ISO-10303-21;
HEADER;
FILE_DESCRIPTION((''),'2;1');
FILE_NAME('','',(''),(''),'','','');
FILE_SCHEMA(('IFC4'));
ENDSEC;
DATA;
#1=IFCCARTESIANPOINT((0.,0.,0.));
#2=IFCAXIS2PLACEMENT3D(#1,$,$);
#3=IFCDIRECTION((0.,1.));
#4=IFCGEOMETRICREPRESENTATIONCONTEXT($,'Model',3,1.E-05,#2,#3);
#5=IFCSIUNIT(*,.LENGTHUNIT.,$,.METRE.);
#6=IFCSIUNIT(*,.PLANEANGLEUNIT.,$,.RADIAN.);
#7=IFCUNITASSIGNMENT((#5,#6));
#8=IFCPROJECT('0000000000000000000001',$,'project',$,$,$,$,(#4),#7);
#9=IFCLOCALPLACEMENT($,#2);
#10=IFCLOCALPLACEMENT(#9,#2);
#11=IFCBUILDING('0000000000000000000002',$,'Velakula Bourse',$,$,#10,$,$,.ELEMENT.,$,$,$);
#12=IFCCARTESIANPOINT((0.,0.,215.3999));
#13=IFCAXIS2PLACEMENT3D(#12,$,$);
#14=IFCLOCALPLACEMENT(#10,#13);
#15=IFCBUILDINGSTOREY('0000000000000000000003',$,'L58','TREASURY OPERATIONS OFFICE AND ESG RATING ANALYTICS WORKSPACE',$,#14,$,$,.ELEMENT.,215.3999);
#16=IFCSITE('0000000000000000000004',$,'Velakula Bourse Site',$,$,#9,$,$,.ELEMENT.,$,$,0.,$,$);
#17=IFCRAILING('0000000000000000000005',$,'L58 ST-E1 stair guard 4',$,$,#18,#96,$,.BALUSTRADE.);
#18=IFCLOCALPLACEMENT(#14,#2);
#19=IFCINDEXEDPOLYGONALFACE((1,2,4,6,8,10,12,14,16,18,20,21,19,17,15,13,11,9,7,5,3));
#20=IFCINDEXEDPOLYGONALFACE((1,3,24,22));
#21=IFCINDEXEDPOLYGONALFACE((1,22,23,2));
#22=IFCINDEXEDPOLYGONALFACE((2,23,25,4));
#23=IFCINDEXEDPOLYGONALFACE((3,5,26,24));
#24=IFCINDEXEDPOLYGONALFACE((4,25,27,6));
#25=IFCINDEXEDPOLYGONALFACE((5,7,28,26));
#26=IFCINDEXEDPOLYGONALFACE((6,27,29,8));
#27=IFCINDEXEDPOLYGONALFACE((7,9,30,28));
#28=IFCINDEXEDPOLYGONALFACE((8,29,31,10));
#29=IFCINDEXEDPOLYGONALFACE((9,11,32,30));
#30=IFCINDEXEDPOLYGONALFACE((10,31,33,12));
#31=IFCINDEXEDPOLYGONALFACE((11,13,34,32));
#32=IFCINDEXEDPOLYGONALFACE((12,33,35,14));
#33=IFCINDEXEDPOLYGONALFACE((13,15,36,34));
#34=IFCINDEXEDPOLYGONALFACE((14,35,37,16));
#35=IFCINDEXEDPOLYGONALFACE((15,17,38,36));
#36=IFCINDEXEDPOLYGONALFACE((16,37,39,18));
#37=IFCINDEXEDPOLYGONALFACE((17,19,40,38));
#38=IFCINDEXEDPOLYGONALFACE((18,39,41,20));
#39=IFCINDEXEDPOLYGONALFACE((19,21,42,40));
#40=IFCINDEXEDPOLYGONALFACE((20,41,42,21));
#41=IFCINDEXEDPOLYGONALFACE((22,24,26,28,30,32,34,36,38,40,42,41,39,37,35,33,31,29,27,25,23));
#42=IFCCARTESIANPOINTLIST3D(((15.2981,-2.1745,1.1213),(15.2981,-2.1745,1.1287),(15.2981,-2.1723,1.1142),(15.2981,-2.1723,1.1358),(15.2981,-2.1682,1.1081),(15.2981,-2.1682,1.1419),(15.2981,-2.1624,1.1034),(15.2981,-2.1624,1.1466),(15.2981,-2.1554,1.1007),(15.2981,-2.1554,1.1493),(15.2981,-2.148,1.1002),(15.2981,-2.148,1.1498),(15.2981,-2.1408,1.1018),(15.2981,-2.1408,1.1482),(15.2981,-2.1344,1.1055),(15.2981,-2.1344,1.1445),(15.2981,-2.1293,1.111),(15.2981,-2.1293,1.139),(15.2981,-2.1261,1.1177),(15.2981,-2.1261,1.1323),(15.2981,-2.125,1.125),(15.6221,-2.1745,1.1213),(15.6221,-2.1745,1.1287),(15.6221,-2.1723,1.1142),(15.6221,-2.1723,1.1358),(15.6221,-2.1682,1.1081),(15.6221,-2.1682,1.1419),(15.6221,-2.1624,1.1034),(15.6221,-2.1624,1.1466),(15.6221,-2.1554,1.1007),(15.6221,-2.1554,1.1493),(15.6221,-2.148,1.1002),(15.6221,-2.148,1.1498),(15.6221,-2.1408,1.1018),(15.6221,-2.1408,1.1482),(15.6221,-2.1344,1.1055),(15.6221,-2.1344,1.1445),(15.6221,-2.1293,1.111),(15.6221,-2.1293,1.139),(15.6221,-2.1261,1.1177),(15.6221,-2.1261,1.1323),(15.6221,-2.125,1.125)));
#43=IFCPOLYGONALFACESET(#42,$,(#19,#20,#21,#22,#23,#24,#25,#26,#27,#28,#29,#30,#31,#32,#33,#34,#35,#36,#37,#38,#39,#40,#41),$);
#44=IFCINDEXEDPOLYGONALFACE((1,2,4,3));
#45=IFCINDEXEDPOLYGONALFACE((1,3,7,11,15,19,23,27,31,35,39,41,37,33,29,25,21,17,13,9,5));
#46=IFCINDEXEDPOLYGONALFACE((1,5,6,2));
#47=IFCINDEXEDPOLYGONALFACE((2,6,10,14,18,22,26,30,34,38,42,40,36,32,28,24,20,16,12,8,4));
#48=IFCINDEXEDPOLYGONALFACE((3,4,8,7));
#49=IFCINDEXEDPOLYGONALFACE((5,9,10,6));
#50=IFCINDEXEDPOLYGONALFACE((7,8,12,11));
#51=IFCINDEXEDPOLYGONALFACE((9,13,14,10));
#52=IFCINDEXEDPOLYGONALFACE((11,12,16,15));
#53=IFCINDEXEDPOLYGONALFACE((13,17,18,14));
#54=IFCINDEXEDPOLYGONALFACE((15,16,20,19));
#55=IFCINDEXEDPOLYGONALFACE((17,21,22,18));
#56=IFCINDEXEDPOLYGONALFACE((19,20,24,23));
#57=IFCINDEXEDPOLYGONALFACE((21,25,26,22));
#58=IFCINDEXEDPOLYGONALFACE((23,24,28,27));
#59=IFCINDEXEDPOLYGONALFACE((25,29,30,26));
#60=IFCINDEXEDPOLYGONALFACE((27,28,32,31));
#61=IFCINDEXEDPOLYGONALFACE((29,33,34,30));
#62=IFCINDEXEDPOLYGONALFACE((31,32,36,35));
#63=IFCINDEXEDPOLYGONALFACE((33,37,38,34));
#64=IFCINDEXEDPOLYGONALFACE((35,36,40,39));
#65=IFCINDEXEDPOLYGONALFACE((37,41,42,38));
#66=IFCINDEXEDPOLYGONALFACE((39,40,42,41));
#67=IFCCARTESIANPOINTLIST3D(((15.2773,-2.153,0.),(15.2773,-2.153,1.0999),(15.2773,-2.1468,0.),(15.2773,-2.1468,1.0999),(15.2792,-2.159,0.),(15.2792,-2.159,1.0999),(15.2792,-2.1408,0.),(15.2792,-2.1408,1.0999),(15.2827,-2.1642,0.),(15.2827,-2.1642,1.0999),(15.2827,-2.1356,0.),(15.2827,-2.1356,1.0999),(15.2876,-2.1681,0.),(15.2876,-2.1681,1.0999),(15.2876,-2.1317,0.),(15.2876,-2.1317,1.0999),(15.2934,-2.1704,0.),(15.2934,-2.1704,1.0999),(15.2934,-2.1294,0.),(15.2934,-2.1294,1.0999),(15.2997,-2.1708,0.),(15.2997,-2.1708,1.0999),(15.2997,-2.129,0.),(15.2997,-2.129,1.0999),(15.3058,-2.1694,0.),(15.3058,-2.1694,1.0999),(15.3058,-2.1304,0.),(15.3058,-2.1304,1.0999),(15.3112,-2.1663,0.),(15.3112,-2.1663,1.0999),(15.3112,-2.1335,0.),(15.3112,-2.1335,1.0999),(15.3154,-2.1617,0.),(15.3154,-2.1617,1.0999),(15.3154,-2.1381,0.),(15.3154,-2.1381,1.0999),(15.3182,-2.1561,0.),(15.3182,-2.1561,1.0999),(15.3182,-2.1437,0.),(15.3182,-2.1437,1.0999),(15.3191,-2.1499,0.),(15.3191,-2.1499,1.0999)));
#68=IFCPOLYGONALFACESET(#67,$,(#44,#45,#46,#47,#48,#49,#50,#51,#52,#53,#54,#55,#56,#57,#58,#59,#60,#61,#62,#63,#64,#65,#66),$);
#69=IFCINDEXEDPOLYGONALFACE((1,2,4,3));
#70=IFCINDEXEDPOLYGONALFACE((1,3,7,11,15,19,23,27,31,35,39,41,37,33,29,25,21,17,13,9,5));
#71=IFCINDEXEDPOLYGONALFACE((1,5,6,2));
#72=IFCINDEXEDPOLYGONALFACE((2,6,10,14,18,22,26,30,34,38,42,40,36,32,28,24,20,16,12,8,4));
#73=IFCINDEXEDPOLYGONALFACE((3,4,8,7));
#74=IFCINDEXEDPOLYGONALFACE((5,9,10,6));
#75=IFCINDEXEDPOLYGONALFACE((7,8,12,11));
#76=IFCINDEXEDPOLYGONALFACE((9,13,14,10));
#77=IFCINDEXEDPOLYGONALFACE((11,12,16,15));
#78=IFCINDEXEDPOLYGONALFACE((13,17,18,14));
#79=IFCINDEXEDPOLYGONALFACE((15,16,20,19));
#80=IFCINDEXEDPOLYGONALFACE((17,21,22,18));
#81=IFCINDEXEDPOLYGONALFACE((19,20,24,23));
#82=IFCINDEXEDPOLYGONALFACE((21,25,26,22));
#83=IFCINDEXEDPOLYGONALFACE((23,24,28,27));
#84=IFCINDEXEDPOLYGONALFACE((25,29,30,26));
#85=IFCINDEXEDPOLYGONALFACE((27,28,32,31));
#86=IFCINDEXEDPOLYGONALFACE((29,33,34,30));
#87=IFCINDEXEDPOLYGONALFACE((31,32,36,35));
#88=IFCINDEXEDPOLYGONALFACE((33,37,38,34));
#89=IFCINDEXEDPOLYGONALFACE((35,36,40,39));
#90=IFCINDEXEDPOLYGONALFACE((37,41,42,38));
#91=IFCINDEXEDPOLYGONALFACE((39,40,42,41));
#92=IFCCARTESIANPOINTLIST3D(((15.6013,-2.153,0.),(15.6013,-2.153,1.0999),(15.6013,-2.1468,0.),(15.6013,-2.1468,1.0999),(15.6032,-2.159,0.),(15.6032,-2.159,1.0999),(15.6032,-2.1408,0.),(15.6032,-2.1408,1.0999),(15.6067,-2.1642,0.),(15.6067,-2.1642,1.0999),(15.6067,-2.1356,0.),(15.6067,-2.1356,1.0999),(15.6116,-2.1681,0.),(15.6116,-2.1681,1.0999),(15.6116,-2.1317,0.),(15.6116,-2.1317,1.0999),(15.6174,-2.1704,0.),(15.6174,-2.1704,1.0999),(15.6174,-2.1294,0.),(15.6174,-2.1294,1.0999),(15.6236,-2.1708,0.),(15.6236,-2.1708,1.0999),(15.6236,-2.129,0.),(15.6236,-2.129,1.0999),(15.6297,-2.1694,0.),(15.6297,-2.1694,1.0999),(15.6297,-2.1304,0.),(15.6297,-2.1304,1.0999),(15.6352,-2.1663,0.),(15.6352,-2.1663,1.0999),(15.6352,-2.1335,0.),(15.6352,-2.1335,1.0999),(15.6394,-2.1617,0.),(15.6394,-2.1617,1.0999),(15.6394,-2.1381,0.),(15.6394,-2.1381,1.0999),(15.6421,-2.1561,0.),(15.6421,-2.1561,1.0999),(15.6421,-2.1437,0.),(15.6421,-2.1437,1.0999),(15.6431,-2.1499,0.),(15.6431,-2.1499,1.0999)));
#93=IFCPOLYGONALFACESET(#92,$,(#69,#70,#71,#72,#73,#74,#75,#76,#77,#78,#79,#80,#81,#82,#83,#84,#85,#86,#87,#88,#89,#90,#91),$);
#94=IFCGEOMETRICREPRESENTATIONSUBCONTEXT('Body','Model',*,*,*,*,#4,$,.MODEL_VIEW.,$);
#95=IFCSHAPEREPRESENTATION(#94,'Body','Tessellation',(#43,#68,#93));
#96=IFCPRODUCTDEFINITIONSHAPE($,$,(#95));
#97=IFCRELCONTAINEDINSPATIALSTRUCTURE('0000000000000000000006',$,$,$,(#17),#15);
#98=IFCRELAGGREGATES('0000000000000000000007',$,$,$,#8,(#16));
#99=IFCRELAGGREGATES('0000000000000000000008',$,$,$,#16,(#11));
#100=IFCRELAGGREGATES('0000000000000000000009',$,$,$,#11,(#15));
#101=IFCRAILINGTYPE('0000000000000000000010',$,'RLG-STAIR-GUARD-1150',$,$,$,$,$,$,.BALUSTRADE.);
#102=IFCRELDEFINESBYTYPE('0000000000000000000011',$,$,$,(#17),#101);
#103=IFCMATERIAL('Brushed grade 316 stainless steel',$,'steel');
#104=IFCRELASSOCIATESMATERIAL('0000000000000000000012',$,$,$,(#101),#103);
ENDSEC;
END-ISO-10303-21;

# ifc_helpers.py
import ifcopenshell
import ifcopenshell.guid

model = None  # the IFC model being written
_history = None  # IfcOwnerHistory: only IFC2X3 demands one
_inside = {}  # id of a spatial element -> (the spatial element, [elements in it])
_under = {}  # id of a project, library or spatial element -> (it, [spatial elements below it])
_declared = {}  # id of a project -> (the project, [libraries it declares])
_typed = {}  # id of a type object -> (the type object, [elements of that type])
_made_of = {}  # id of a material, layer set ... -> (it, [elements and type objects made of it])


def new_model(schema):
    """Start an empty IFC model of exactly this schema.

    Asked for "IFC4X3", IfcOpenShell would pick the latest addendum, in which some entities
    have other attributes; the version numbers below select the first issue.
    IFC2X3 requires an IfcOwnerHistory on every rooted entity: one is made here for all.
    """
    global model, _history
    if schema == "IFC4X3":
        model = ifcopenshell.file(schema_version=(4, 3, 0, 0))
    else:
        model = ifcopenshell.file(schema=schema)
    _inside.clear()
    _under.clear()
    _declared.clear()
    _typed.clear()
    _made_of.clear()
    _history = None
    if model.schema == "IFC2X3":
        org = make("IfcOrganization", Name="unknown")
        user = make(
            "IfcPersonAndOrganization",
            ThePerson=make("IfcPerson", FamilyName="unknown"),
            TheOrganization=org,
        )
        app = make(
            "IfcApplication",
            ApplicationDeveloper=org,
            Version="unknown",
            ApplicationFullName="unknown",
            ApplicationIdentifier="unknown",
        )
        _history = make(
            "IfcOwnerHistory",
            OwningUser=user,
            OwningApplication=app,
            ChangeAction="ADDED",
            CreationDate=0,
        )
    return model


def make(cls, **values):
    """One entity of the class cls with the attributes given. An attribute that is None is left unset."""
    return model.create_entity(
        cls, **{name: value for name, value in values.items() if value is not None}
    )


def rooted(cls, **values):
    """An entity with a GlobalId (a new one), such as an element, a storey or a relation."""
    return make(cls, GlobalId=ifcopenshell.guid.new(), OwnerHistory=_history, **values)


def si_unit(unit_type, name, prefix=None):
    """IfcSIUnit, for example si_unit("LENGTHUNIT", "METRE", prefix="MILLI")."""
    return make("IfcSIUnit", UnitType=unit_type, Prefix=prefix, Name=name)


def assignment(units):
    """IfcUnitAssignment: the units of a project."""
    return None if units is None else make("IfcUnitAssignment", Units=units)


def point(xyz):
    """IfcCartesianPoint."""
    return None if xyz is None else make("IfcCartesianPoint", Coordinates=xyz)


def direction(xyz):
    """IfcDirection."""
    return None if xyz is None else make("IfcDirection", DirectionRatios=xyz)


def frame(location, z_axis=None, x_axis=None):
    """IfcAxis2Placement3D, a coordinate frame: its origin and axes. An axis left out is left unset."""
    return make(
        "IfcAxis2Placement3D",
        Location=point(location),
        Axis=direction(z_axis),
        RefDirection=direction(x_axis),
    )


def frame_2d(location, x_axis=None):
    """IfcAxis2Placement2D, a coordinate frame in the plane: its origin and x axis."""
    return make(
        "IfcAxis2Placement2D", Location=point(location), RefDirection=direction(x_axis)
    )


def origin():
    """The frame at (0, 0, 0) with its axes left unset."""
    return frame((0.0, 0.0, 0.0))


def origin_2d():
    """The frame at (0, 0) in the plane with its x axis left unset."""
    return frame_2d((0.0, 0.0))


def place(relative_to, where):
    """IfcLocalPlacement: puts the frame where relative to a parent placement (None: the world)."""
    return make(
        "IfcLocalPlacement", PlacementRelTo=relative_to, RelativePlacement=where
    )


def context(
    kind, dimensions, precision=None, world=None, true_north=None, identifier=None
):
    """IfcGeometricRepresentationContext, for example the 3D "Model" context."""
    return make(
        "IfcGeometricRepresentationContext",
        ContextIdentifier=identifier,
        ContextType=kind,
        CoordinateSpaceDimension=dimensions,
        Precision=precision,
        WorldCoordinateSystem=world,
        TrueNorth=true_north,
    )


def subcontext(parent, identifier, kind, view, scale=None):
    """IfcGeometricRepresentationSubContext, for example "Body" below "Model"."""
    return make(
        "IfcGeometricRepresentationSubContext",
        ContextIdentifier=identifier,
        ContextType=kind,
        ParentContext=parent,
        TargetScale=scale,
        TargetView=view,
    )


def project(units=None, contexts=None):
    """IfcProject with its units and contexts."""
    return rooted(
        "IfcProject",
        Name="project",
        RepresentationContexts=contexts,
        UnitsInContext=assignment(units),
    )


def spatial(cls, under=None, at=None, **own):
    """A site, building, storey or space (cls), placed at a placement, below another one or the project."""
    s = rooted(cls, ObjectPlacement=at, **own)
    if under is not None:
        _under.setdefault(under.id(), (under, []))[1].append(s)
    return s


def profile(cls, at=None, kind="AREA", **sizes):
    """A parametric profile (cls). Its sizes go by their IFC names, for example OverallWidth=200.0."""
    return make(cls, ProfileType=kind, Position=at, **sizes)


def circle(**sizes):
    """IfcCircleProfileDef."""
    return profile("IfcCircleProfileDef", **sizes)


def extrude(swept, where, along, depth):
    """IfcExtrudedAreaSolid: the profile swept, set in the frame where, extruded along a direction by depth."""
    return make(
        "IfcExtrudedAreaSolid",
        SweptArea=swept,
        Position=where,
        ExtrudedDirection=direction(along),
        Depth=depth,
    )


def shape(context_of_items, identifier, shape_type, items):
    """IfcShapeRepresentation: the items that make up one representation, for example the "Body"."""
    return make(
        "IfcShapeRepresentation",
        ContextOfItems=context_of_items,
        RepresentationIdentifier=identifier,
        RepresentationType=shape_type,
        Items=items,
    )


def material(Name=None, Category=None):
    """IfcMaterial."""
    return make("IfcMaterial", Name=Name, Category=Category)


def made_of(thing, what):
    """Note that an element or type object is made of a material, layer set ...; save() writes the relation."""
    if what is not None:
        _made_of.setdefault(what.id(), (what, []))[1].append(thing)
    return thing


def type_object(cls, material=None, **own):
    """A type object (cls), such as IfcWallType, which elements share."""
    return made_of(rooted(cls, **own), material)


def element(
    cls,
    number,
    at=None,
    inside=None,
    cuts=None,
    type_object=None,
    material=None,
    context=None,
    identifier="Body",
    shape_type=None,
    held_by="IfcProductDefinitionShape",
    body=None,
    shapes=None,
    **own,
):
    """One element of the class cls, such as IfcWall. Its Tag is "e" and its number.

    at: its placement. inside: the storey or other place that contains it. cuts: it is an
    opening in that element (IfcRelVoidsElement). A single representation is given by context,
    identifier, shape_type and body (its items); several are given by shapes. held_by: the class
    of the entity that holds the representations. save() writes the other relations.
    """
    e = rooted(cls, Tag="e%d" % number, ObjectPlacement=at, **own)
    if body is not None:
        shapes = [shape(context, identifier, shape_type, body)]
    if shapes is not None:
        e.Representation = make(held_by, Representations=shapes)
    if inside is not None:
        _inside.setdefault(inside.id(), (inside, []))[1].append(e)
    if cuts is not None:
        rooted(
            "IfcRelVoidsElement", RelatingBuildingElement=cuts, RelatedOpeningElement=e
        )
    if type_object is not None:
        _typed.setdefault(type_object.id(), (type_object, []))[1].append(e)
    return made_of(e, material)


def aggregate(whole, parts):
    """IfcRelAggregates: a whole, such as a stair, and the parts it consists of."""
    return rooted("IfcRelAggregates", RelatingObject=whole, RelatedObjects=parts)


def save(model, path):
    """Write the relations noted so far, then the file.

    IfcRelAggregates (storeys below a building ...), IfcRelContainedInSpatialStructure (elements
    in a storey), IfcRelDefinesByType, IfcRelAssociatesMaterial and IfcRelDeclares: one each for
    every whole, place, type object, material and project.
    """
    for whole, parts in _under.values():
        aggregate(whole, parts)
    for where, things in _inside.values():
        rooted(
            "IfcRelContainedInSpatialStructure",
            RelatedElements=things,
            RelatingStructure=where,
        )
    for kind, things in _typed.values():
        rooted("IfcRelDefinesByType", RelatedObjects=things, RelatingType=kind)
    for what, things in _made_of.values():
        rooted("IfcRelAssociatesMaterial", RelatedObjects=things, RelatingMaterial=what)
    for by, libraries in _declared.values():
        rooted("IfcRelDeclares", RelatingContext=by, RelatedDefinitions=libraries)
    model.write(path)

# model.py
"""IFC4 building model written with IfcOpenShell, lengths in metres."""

from ifc_helpers import new_model, si_unit, direction, frame, origin, origin_2d, place, context, subcontext, project, spatial, circle, extrude, material, type_object, element, save


model = new_model("IFC4")

# Units and contexts
model_context = context("Model", 3, precision=1e-05, world=origin(), true_north=direction((0.0, 1.0)))
body_context = subcontext(model_context, "Body", "Model", "MODEL_VIEW")
ifc_project = project(units=[si_unit("LENGTHUNIT", "METRE"), si_unit("PLANEANGLEUNIT", "RADIAN")], contexts=[model_context])

# Site, building, storey
site_placement = place(None, origin())
site = spatial("IfcSite", under=ifc_project, at=site_placement, Name="Velakula Bourse Site", CompositionType="ELEMENT", RefElevation=0.0)
building_placement = place(site_placement, origin())
building = spatial("IfcBuilding", under=site, at=building_placement, Name="Velakula Bourse", CompositionType="ELEMENT")
storey_placement = place(building_placement, frame((0.0, 0.0, 215.3999)))
storey = spatial("IfcBuildingStorey", under=building, at=storey_placement, Name="L58", Description="TREASURY OPERATIONS OFFICE AND ESG RATING ANALYTICS WORKSPACE", CompositionType="ELEMENT", Elevation=215.3999)

# Shared definitions
ifc_material_1 = material(Name="Brushed grade 316 stainless steel", Category="steel")

# Railing
railing_type_1 = type_object("IfcRailingType", Name="RLG-STAIR-GUARD-1150", PredefinedType="BALUSTRADE", material=ifc_material_1)
railing_1_placement = place(storey_placement, frame((15.2981, -2.1499, 0.0)))
element("IfcRailing", 1, at=railing_1_placement, inside=storey, type_object=railing_type_1, Name="L58 ST-E1 stair guard 4", PredefinedType="BALUSTRADE", context=body_context, shape_type="SweptSolid", body=[
    extrude(circle(Radius=0.0249, at=origin_2d()), frame((0.0, 0.0, 1.125), z_axis=(1.0, 0.0, 0.0), x_axis=(0.0, 1.0, 0.0)), (0.0, 0.0, 1.0), 0.324),
    extrude(circle(Radius=0.021, at=origin_2d()), origin(), (0.0, 0.0, 1.0), 1.0999),
    extrude(circle(Radius=0.021, at=origin_2d()), frame((0.324, 0.0, 0.0)), (0.0, 0.0, 1.0), 1.0999),
])

save(model, "model.ifc")
